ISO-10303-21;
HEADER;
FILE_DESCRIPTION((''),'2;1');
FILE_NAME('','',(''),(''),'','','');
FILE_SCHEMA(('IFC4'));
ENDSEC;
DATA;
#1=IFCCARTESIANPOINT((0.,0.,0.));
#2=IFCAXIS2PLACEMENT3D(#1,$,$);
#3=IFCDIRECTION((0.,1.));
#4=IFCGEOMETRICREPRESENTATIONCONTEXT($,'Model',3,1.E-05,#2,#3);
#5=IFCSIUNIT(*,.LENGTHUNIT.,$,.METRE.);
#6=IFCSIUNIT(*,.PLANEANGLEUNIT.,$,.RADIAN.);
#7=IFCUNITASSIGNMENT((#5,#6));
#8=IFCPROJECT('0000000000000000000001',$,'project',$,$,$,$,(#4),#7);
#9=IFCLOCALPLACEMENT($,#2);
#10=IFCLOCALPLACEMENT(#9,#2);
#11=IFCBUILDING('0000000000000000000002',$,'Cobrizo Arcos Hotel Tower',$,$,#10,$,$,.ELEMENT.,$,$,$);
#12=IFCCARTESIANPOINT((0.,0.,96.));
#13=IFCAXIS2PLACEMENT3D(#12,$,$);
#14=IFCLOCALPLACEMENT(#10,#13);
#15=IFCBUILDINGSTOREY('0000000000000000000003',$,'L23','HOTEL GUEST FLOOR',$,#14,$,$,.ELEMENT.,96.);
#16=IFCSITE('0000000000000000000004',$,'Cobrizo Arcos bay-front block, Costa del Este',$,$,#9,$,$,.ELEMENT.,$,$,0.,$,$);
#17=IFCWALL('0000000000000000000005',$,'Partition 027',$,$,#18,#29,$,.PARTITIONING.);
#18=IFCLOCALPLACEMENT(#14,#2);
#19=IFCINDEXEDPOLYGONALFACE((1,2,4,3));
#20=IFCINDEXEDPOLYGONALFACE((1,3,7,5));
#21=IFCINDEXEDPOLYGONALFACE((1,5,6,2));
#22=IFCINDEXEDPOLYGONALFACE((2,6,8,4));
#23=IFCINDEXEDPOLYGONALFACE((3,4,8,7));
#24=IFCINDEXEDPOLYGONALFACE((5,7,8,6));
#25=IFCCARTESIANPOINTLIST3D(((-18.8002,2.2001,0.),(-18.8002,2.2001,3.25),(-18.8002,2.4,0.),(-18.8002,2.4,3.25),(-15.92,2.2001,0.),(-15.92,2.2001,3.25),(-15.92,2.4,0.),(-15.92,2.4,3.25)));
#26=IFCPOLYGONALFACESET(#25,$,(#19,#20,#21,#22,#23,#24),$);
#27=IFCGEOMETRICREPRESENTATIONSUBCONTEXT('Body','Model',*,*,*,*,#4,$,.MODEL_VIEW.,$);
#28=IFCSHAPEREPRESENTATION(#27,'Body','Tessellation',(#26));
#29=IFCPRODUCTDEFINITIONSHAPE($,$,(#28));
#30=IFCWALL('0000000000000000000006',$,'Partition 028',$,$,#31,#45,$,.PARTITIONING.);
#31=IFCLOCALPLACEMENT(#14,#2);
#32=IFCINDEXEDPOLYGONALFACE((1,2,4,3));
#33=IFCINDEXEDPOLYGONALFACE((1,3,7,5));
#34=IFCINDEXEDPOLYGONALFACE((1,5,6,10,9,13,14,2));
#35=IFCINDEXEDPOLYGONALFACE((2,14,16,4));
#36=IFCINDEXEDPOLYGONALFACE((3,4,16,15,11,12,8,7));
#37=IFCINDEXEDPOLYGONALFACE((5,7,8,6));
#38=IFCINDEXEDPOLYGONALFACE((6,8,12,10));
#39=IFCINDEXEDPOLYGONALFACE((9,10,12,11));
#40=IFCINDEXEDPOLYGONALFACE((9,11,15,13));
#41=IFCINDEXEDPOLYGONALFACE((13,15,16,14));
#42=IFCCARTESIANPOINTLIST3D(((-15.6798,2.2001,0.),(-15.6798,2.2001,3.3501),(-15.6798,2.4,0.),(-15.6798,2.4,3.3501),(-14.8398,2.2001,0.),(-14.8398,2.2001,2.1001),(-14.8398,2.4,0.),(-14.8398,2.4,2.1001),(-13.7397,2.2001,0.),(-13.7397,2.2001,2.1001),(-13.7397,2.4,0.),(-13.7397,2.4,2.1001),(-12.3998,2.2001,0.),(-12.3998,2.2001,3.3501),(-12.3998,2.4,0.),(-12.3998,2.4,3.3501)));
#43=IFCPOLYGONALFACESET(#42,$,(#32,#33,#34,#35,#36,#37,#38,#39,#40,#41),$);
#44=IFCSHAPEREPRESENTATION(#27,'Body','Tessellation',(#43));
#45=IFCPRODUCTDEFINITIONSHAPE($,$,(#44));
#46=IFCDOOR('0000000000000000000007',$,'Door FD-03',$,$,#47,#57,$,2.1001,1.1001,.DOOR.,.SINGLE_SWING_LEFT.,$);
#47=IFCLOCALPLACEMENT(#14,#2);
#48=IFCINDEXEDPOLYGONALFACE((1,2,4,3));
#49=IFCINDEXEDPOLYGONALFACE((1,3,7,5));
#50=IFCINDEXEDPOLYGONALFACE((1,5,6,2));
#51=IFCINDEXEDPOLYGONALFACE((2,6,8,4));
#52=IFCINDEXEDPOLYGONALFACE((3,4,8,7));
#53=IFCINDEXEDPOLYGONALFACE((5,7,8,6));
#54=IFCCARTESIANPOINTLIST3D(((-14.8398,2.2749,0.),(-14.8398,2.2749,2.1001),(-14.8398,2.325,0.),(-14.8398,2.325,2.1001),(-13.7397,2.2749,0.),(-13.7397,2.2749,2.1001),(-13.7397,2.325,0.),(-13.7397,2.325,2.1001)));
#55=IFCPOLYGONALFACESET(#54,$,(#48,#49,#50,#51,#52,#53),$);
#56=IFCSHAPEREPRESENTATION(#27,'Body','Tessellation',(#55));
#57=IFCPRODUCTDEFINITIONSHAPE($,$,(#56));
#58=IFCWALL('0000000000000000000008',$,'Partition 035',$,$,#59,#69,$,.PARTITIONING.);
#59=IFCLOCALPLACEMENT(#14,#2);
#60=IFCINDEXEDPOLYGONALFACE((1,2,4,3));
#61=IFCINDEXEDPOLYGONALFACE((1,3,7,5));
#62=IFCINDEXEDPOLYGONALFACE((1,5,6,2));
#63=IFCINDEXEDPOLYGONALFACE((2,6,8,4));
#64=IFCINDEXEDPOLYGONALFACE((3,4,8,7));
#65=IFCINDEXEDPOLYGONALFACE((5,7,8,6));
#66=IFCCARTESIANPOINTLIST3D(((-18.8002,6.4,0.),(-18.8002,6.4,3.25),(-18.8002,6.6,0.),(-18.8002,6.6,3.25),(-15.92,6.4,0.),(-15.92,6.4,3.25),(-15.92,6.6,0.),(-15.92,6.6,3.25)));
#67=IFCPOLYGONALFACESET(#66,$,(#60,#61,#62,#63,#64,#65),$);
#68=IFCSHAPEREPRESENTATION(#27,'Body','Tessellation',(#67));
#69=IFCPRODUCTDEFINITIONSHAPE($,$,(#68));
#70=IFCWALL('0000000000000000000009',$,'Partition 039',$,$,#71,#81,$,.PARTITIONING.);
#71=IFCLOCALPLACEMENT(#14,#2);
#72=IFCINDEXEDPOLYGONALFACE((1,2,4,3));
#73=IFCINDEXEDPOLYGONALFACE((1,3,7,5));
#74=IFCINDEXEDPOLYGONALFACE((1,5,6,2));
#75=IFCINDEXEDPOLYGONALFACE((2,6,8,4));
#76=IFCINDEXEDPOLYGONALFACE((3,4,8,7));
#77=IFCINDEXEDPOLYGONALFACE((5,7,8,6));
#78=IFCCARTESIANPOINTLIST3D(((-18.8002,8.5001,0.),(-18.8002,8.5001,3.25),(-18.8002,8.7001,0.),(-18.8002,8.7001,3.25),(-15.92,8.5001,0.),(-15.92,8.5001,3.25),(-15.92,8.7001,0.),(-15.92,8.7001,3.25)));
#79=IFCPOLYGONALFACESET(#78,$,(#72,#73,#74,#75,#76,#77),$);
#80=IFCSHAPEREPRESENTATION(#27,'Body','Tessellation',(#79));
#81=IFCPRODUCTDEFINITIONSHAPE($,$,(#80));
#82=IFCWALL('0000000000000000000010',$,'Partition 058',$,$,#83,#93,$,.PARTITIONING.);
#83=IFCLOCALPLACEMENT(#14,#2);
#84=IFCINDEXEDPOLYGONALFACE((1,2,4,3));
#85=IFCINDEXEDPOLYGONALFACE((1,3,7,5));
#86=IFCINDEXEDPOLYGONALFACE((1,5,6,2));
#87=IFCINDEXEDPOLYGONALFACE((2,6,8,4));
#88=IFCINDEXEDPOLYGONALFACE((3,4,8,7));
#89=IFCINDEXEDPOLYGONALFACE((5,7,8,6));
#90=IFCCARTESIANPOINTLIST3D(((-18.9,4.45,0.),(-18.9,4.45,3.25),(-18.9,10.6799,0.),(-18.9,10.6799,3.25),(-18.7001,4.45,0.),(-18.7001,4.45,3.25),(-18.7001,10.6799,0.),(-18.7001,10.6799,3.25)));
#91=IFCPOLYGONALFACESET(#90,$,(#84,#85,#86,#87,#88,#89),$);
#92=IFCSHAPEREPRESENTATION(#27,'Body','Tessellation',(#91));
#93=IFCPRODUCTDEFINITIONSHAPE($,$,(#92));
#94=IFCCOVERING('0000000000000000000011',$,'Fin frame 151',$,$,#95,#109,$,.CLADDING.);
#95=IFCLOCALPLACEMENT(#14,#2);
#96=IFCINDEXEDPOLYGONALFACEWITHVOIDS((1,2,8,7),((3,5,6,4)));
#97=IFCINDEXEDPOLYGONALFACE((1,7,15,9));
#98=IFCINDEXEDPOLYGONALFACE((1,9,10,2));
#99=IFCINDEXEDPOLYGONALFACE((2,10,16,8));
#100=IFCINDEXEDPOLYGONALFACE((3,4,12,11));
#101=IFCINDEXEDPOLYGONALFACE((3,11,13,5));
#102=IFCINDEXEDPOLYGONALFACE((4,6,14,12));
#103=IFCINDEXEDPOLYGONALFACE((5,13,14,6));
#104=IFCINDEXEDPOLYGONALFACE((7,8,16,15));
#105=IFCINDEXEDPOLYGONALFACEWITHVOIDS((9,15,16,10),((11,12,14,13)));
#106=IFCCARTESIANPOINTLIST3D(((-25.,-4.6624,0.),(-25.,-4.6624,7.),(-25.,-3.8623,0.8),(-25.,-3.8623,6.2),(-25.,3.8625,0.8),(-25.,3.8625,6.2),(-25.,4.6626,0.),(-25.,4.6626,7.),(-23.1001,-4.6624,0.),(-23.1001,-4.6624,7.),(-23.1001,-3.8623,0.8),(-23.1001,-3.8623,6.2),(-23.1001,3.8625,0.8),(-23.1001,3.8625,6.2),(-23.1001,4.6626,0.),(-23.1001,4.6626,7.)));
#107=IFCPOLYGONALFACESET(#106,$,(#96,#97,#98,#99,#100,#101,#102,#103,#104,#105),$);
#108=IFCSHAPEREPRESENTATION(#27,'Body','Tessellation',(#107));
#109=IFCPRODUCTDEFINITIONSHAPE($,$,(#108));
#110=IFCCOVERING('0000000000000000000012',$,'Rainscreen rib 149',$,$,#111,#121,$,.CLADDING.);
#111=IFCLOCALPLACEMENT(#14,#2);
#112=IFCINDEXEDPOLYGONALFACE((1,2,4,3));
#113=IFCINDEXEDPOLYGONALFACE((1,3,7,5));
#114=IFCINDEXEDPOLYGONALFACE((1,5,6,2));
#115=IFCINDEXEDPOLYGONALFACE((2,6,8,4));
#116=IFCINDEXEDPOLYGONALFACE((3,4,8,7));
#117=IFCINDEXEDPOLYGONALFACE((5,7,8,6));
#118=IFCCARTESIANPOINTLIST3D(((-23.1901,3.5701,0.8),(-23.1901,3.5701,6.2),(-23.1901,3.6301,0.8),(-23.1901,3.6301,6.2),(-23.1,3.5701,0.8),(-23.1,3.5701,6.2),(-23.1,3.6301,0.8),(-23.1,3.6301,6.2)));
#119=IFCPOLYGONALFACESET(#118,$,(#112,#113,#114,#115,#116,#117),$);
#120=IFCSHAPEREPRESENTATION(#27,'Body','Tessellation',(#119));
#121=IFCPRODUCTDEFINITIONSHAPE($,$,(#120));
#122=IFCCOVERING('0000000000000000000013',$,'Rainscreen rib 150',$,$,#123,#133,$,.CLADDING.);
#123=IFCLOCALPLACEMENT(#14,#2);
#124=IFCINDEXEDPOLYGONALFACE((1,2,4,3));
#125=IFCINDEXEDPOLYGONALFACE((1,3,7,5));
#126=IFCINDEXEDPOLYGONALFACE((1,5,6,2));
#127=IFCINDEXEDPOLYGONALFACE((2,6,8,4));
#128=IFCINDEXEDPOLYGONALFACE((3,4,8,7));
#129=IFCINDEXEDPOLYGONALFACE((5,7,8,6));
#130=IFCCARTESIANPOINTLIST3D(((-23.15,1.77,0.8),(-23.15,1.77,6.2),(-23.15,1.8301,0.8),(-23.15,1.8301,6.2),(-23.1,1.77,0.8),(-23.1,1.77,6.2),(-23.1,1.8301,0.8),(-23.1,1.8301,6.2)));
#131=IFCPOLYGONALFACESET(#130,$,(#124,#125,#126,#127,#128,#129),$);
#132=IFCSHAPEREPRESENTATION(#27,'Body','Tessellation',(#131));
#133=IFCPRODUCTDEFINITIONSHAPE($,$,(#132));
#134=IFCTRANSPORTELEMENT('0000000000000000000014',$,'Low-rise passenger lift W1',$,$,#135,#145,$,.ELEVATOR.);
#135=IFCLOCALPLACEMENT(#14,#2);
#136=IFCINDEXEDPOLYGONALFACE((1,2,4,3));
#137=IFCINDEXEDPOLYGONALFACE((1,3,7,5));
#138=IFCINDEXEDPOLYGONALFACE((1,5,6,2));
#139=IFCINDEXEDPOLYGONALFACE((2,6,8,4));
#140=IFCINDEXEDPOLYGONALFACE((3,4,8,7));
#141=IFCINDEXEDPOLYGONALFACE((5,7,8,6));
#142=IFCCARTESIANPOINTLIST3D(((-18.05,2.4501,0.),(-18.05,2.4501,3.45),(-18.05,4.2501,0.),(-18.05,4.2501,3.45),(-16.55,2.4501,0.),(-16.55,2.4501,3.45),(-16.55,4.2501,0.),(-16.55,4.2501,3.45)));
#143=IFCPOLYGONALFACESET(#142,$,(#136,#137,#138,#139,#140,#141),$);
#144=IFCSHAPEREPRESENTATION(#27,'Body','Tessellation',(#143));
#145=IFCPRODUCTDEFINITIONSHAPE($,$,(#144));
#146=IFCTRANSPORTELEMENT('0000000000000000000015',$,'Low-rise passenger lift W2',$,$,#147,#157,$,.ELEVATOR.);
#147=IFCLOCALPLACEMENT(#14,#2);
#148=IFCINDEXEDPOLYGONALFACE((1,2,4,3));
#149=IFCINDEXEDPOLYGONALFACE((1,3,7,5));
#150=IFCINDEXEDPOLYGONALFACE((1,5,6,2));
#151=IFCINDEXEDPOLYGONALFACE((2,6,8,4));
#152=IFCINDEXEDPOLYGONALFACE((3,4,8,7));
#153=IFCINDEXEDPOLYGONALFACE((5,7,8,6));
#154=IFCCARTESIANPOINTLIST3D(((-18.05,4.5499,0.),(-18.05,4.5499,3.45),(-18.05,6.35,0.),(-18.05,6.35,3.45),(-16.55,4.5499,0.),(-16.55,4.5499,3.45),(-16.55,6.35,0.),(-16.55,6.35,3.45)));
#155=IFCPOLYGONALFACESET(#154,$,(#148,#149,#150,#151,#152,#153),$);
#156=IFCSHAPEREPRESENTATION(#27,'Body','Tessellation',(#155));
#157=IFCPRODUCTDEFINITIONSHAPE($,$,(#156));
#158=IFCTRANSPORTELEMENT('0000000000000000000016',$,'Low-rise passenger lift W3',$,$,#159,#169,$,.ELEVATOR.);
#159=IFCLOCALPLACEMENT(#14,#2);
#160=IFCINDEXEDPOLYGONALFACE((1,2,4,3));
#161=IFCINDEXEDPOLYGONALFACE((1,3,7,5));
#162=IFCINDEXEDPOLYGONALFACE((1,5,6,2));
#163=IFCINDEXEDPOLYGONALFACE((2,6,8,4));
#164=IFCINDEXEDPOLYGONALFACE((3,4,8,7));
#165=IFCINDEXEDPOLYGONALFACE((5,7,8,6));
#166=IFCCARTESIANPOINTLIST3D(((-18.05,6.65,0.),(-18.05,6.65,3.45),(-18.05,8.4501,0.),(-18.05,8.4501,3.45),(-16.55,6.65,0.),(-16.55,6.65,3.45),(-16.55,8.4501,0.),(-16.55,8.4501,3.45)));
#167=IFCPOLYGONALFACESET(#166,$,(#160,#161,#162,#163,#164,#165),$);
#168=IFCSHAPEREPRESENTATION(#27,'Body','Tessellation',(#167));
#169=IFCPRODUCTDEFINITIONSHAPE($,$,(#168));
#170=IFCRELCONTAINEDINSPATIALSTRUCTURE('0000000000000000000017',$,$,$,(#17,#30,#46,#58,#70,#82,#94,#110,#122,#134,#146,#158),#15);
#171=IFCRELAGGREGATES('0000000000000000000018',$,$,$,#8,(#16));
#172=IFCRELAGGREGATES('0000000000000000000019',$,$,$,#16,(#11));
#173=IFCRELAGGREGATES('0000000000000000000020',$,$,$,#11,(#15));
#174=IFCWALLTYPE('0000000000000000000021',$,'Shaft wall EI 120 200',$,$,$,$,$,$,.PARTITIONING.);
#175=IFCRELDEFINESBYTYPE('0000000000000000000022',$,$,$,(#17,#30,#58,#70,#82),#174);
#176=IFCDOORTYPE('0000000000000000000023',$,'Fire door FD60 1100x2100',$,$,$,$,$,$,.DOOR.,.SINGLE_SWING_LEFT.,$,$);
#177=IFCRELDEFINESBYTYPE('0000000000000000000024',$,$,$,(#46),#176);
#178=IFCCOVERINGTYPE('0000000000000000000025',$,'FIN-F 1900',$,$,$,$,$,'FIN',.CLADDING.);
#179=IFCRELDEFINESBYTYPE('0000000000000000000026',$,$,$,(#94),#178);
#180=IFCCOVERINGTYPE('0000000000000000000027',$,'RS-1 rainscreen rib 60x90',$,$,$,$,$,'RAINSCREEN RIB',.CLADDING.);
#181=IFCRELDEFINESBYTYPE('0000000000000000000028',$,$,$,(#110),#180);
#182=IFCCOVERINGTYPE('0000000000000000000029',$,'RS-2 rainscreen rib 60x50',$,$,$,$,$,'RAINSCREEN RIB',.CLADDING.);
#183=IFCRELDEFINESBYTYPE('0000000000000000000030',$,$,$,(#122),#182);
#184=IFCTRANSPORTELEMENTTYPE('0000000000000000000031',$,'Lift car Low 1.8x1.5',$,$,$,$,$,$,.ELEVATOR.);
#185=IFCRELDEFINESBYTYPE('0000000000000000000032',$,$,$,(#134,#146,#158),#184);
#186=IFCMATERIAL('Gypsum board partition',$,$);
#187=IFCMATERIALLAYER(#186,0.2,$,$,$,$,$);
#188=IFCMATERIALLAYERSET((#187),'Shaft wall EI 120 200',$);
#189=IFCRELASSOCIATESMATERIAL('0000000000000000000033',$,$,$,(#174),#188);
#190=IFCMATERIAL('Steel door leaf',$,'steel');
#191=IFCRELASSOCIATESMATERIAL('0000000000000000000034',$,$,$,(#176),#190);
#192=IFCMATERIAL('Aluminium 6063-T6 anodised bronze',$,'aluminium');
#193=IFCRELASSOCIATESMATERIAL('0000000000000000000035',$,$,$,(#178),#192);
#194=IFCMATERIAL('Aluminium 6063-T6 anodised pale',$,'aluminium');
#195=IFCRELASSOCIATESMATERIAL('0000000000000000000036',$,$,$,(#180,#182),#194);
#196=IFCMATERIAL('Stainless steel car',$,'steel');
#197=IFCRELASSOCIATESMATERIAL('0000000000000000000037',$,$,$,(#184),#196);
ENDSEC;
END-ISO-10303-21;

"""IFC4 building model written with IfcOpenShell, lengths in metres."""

from ifc_helpers import new_model, si_unit, direction, frame, frame_2d, origin, origin_2d, place, context, subcontext, project, spatial, polyline, rectangle, outline, extrude, material, layer, layer_set, type_object, element, fill, save


model = new_model("IFC4")

# Units and contexts
model_context = context("Model", 3, precision=1e-05, world=origin(), true_north=direction((0.0, 1.0)))
body_context = subcontext(model_context, "Body", "Model", "MODEL_VIEW")
ifc_project = project(units=[si_unit("LENGTHUNIT", "METRE"), si_unit("PLANEANGLEUNIT", "RADIAN")], contexts=[model_context])

# Site, building, storey
site_placement = place(None, origin())
site = spatial("IfcSite", under=ifc_project, at=site_placement, Name="Cobrizo Arcos bay-front block, Costa del Este", CompositionType="ELEMENT", RefElevation=0.0)
building_placement = place(site_placement, origin())
building = spatial("IfcBuilding", under=site, at=building_placement, Name="Cobrizo Arcos Hotel Tower", CompositionType="ELEMENT")
storey_placement = place(building_placement, frame((0.0, 0.0, 96.0)))
storey = spatial("IfcBuildingStorey", under=building, at=storey_placement, Name="L23", Description="HOTEL GUEST FLOOR", CompositionType="ELEMENT", Elevation=96.0)

# Shared definitions
ifc_material_1 = material(Name="Aluminium 6063-T6 anodised bronze", Category="aluminium")

# Shared definitions
ifc_material_2 = material(Name="Gypsum board partition")

# Wall
ifc_layer_1 = layer(ifc_material_2, 0.2)
ifc_layer_set_1 = layer_set([ifc_layer_1], Name="Shaft wall EI 120 200")
wall_type_1 = type_object("IfcWallType", Name="Shaft wall EI 120 200", PredefinedType="PARTITIONING", material=ifc_layer_set_1)
for number, where, z_axis, x_axis, name in (
    (1, (-18.8, 2.3, 0.0), (0.0, 0.0, 1.0), (1.0, 0.0, 0.0), "Partition 027"),
):
    element("IfcWall", number, at=place(storey_placement, frame(where, z_axis=z_axis, x_axis=x_axis)), inside=storey, type_object=wall_type_1, Name=name, PredefinedType="PARTITIONING", context=body_context, shape_type="SweptSolid", body=[
        extrude(rectangle(XDim=2.8801, YDim=0.2, at=frame_2d((1.4399, 0.0))), origin(), (0.0, 0.0, 1.0), 3.25),
    ])

# Wall, opening, door
wall_1_placement = place(storey_placement, frame((-15.6799, 2.3, 0.0), z_axis=(0.0, 0.0, 1.0), x_axis=(1.0, 0.0, 0.0)))
wall_1 = element("IfcWall", 2, at=wall_1_placement, inside=storey, type_object=wall_type_1, Name="Partition 028", PredefinedType="PARTITIONING", context=body_context, shape_type="SweptSolid", body=[
    extrude(rectangle(XDim=3.28, YDim=0.2, at=frame_2d((1.6401, 0.0))), origin(), (0.0, 0.0, 1.0), 3.3501),
])
opening_1_placement = place(wall_1_placement, frame((0.8401, 0.0, 0.0)))
opening_1 = element("IfcOpeningElement", 3, at=opening_1_placement, cuts=wall_1, PredefinedType="OPENING", context=body_context, shape_type="SweptSolid", body=[
    extrude(rectangle(XDim=1.1001, YDim=2.1001, at=frame_2d((0.55, 1.05))), frame((0.0, 0.1121, 0.0), z_axis=(0.0, -1.0, 0.0), x_axis=(1.0, 0.0, 0.0)), (0.0, 0.0, 1.0), 0.2239),
])
ifc_material_3 = material(Name="Steel door leaf", Category="steel")
door_type_1 = type_object("IfcDoorType", Name="Fire door FD60 1100x2100", OperationType="SINGLE_SWING_LEFT", PredefinedType="DOOR", material=ifc_material_3)
door_1_placement = place(opening_1_placement, origin())
door_1 = element("IfcDoor", 4, at=door_1_placement, inside=storey, type_object=door_type_1, Name="Door FD-03", OperationType="SINGLE_SWING_LEFT", OverallHeight=2.1001, OverallWidth=1.1001, PredefinedType="DOOR", context=body_context, shape_type="SweptSolid", body=[
    extrude(rectangle(XDim=1.1001, YDim=2.1001, at=frame_2d((0.55, 1.05))), frame((0.0, 0.0249, 0.0), z_axis=(0.0, -1.0, 0.0), x_axis=(1.0, 0.0, 0.0)), (0.0, 0.0, 1.0), 0.05),
])
fill(opening_1, door_1)

# Walls
for number, where, z_axis, x_axis, name in (
    (5, (-18.8, 6.5, 0.0), (0.0, 0.0, 1.0), (1.0, 0.0, 0.0), "Partition 035"),
    (6, (-18.8, 8.6001, 0.0), (0.0, 0.0, 1.0), (1.0, 0.0, 0.0), "Partition 039"),
):
    element("IfcWall", number, at=place(storey_placement, frame(where, z_axis=z_axis, x_axis=x_axis)), inside=storey, type_object=wall_type_1, Name=name, PredefinedType="PARTITIONING", context=body_context, shape_type="SweptSolid", body=[
        extrude(rectangle(XDim=2.8801, YDim=0.2, at=frame_2d((1.4399, 0.0))), origin(), (0.0, 0.0, 1.0), 3.25),
    ])
wall_2_placement = place(storey_placement, frame((-18.8, 4.45, 0.0), z_axis=(0.0, 0.0, 1.0), x_axis=(0.0, 1.0, 0.0)))
element("IfcWall", 7, at=wall_2_placement, inside=storey, type_object=wall_type_1, Name="Partition 058", PredefinedType="PARTITIONING", context=body_context, shape_type="SweptSolid", body=[
    extrude(rectangle(XDim=6.23, YDim=0.2, at=frame_2d((3.115, 0.0))), origin(), (0.0, 0.0, 1.0), 3.25),
])

# Coverings
covering_type_1 = type_object("IfcCoveringType", Name="FIN-F 1900", ElementType="FIN", PredefinedType="CLADDING", material=ifc_material_1)
covering_1_placement = place(storey_placement, frame((-23.1001, 4.6626, 0.0), z_axis=(-1.0, 0.0, 0.0), x_axis=(0.0, -1.0, 0.0)))
element("IfcCovering", 8, at=covering_1_placement, inside=storey, type_object=covering_type_1, Name="Fin frame 151", PredefinedType="CLADDING", context=body_context, shape_type="SweptSolid", body=[
    extrude(outline(polyline([(0.0, 7.0), (0.0, 0.0), (9.325, 0.0), (9.325, 7.0), (0.0, 7.0)]), holes=[polyline([(8.5249, 0.8), (0.8, 0.8), (0.8, 6.2), (8.5249, 6.2), (8.5249, 0.8)])]), origin(), (0.0, 0.0, 1.0), 1.8999),
])
ifc_material_4 = material(Name="Aluminium 6063-T6 anodised pale", Category="aluminium")
covering_type_2 = type_object("IfcCoveringType", Name="RS-1 rainscreen rib 60x90", ElementType="RAINSCREEN RIB", PredefinedType="CLADDING", material=ifc_material_4)
covering_2_placement = place(storey_placement, frame((-23.145, 3.6001, 0.8), z_axis=(0.0, 0.0, 1.0), x_axis=(0.0, -1.0, 0.0)))
element("IfcCovering", 9, at=covering_2_placement, inside=storey, type_object=covering_type_2, Name="Rainscreen rib 149", PredefinedType="CLADDING", context=body_context, shape_type="SweptSolid", body=[
    extrude(rectangle(XDim=0.0601, YDim=0.0901, at=origin_2d()), origin(), (0.0, 0.0, 1.0), 5.3999),
])
covering_type_3 = type_object("IfcCoveringType", Name="RS-2 rainscreen rib 60x50", ElementType="RAINSCREEN RIB", PredefinedType="CLADDING", material=ifc_material_4)
covering_3_placement = place(storey_placement, frame((-23.125, 1.8, 0.8), z_axis=(0.0, 0.0, 1.0), x_axis=(0.0, -1.0, 0.0)))
element("IfcCovering", 10, at=covering_3_placement, inside=storey, type_object=covering_type_3, Name="Rainscreen rib 150", PredefinedType="CLADDING", context=body_context, shape_type="SweptSolid", body=[
    extrude(rectangle(XDim=0.0601, YDim=0.05, at=origin_2d()), origin(), (0.0, 0.0, 1.0), 5.3999),
])

# Transport elements
ifc_material_5 = material(Name="Stainless steel car", Category="steel")
transport_element_type = type_object("IfcTransportElementType", Name="Lift car Low 1.8x1.5", PredefinedType="ELEVATOR", material=ifc_material_5)
for number, where, z_axis, x_axis, name in (
    (11, (-17.3, 3.3501, 0.0), (0.0, 0.0, 1.0), (1.0, 0.0, 0.0), "Low-rise passenger lift W1"),
    (12, (-17.3, 5.45, 0.0), (0.0, 0.0, 1.0), (1.0, 0.0, 0.0), "Low-rise passenger lift W2"),
    (13, (-17.3, 7.55, 0.0), (0.0, 0.0, 1.0), (1.0, 0.0, 0.0), "Low-rise passenger lift W3"),
):
    element("IfcTransportElement", number, at=place(storey_placement, frame(where, z_axis=z_axis, x_axis=x_axis)), inside=storey, type_object=transport_element_type, Name=name, PredefinedType="ELEVATOR", context=body_context, shape_type="SweptSolid", body=[
        extrude(rectangle(XDim=1.5, YDim=1.8, at=origin_2d()), origin(), (0.0, 0.0, 1.0), 3.45),
    ])

save(model, "model.ifc")
